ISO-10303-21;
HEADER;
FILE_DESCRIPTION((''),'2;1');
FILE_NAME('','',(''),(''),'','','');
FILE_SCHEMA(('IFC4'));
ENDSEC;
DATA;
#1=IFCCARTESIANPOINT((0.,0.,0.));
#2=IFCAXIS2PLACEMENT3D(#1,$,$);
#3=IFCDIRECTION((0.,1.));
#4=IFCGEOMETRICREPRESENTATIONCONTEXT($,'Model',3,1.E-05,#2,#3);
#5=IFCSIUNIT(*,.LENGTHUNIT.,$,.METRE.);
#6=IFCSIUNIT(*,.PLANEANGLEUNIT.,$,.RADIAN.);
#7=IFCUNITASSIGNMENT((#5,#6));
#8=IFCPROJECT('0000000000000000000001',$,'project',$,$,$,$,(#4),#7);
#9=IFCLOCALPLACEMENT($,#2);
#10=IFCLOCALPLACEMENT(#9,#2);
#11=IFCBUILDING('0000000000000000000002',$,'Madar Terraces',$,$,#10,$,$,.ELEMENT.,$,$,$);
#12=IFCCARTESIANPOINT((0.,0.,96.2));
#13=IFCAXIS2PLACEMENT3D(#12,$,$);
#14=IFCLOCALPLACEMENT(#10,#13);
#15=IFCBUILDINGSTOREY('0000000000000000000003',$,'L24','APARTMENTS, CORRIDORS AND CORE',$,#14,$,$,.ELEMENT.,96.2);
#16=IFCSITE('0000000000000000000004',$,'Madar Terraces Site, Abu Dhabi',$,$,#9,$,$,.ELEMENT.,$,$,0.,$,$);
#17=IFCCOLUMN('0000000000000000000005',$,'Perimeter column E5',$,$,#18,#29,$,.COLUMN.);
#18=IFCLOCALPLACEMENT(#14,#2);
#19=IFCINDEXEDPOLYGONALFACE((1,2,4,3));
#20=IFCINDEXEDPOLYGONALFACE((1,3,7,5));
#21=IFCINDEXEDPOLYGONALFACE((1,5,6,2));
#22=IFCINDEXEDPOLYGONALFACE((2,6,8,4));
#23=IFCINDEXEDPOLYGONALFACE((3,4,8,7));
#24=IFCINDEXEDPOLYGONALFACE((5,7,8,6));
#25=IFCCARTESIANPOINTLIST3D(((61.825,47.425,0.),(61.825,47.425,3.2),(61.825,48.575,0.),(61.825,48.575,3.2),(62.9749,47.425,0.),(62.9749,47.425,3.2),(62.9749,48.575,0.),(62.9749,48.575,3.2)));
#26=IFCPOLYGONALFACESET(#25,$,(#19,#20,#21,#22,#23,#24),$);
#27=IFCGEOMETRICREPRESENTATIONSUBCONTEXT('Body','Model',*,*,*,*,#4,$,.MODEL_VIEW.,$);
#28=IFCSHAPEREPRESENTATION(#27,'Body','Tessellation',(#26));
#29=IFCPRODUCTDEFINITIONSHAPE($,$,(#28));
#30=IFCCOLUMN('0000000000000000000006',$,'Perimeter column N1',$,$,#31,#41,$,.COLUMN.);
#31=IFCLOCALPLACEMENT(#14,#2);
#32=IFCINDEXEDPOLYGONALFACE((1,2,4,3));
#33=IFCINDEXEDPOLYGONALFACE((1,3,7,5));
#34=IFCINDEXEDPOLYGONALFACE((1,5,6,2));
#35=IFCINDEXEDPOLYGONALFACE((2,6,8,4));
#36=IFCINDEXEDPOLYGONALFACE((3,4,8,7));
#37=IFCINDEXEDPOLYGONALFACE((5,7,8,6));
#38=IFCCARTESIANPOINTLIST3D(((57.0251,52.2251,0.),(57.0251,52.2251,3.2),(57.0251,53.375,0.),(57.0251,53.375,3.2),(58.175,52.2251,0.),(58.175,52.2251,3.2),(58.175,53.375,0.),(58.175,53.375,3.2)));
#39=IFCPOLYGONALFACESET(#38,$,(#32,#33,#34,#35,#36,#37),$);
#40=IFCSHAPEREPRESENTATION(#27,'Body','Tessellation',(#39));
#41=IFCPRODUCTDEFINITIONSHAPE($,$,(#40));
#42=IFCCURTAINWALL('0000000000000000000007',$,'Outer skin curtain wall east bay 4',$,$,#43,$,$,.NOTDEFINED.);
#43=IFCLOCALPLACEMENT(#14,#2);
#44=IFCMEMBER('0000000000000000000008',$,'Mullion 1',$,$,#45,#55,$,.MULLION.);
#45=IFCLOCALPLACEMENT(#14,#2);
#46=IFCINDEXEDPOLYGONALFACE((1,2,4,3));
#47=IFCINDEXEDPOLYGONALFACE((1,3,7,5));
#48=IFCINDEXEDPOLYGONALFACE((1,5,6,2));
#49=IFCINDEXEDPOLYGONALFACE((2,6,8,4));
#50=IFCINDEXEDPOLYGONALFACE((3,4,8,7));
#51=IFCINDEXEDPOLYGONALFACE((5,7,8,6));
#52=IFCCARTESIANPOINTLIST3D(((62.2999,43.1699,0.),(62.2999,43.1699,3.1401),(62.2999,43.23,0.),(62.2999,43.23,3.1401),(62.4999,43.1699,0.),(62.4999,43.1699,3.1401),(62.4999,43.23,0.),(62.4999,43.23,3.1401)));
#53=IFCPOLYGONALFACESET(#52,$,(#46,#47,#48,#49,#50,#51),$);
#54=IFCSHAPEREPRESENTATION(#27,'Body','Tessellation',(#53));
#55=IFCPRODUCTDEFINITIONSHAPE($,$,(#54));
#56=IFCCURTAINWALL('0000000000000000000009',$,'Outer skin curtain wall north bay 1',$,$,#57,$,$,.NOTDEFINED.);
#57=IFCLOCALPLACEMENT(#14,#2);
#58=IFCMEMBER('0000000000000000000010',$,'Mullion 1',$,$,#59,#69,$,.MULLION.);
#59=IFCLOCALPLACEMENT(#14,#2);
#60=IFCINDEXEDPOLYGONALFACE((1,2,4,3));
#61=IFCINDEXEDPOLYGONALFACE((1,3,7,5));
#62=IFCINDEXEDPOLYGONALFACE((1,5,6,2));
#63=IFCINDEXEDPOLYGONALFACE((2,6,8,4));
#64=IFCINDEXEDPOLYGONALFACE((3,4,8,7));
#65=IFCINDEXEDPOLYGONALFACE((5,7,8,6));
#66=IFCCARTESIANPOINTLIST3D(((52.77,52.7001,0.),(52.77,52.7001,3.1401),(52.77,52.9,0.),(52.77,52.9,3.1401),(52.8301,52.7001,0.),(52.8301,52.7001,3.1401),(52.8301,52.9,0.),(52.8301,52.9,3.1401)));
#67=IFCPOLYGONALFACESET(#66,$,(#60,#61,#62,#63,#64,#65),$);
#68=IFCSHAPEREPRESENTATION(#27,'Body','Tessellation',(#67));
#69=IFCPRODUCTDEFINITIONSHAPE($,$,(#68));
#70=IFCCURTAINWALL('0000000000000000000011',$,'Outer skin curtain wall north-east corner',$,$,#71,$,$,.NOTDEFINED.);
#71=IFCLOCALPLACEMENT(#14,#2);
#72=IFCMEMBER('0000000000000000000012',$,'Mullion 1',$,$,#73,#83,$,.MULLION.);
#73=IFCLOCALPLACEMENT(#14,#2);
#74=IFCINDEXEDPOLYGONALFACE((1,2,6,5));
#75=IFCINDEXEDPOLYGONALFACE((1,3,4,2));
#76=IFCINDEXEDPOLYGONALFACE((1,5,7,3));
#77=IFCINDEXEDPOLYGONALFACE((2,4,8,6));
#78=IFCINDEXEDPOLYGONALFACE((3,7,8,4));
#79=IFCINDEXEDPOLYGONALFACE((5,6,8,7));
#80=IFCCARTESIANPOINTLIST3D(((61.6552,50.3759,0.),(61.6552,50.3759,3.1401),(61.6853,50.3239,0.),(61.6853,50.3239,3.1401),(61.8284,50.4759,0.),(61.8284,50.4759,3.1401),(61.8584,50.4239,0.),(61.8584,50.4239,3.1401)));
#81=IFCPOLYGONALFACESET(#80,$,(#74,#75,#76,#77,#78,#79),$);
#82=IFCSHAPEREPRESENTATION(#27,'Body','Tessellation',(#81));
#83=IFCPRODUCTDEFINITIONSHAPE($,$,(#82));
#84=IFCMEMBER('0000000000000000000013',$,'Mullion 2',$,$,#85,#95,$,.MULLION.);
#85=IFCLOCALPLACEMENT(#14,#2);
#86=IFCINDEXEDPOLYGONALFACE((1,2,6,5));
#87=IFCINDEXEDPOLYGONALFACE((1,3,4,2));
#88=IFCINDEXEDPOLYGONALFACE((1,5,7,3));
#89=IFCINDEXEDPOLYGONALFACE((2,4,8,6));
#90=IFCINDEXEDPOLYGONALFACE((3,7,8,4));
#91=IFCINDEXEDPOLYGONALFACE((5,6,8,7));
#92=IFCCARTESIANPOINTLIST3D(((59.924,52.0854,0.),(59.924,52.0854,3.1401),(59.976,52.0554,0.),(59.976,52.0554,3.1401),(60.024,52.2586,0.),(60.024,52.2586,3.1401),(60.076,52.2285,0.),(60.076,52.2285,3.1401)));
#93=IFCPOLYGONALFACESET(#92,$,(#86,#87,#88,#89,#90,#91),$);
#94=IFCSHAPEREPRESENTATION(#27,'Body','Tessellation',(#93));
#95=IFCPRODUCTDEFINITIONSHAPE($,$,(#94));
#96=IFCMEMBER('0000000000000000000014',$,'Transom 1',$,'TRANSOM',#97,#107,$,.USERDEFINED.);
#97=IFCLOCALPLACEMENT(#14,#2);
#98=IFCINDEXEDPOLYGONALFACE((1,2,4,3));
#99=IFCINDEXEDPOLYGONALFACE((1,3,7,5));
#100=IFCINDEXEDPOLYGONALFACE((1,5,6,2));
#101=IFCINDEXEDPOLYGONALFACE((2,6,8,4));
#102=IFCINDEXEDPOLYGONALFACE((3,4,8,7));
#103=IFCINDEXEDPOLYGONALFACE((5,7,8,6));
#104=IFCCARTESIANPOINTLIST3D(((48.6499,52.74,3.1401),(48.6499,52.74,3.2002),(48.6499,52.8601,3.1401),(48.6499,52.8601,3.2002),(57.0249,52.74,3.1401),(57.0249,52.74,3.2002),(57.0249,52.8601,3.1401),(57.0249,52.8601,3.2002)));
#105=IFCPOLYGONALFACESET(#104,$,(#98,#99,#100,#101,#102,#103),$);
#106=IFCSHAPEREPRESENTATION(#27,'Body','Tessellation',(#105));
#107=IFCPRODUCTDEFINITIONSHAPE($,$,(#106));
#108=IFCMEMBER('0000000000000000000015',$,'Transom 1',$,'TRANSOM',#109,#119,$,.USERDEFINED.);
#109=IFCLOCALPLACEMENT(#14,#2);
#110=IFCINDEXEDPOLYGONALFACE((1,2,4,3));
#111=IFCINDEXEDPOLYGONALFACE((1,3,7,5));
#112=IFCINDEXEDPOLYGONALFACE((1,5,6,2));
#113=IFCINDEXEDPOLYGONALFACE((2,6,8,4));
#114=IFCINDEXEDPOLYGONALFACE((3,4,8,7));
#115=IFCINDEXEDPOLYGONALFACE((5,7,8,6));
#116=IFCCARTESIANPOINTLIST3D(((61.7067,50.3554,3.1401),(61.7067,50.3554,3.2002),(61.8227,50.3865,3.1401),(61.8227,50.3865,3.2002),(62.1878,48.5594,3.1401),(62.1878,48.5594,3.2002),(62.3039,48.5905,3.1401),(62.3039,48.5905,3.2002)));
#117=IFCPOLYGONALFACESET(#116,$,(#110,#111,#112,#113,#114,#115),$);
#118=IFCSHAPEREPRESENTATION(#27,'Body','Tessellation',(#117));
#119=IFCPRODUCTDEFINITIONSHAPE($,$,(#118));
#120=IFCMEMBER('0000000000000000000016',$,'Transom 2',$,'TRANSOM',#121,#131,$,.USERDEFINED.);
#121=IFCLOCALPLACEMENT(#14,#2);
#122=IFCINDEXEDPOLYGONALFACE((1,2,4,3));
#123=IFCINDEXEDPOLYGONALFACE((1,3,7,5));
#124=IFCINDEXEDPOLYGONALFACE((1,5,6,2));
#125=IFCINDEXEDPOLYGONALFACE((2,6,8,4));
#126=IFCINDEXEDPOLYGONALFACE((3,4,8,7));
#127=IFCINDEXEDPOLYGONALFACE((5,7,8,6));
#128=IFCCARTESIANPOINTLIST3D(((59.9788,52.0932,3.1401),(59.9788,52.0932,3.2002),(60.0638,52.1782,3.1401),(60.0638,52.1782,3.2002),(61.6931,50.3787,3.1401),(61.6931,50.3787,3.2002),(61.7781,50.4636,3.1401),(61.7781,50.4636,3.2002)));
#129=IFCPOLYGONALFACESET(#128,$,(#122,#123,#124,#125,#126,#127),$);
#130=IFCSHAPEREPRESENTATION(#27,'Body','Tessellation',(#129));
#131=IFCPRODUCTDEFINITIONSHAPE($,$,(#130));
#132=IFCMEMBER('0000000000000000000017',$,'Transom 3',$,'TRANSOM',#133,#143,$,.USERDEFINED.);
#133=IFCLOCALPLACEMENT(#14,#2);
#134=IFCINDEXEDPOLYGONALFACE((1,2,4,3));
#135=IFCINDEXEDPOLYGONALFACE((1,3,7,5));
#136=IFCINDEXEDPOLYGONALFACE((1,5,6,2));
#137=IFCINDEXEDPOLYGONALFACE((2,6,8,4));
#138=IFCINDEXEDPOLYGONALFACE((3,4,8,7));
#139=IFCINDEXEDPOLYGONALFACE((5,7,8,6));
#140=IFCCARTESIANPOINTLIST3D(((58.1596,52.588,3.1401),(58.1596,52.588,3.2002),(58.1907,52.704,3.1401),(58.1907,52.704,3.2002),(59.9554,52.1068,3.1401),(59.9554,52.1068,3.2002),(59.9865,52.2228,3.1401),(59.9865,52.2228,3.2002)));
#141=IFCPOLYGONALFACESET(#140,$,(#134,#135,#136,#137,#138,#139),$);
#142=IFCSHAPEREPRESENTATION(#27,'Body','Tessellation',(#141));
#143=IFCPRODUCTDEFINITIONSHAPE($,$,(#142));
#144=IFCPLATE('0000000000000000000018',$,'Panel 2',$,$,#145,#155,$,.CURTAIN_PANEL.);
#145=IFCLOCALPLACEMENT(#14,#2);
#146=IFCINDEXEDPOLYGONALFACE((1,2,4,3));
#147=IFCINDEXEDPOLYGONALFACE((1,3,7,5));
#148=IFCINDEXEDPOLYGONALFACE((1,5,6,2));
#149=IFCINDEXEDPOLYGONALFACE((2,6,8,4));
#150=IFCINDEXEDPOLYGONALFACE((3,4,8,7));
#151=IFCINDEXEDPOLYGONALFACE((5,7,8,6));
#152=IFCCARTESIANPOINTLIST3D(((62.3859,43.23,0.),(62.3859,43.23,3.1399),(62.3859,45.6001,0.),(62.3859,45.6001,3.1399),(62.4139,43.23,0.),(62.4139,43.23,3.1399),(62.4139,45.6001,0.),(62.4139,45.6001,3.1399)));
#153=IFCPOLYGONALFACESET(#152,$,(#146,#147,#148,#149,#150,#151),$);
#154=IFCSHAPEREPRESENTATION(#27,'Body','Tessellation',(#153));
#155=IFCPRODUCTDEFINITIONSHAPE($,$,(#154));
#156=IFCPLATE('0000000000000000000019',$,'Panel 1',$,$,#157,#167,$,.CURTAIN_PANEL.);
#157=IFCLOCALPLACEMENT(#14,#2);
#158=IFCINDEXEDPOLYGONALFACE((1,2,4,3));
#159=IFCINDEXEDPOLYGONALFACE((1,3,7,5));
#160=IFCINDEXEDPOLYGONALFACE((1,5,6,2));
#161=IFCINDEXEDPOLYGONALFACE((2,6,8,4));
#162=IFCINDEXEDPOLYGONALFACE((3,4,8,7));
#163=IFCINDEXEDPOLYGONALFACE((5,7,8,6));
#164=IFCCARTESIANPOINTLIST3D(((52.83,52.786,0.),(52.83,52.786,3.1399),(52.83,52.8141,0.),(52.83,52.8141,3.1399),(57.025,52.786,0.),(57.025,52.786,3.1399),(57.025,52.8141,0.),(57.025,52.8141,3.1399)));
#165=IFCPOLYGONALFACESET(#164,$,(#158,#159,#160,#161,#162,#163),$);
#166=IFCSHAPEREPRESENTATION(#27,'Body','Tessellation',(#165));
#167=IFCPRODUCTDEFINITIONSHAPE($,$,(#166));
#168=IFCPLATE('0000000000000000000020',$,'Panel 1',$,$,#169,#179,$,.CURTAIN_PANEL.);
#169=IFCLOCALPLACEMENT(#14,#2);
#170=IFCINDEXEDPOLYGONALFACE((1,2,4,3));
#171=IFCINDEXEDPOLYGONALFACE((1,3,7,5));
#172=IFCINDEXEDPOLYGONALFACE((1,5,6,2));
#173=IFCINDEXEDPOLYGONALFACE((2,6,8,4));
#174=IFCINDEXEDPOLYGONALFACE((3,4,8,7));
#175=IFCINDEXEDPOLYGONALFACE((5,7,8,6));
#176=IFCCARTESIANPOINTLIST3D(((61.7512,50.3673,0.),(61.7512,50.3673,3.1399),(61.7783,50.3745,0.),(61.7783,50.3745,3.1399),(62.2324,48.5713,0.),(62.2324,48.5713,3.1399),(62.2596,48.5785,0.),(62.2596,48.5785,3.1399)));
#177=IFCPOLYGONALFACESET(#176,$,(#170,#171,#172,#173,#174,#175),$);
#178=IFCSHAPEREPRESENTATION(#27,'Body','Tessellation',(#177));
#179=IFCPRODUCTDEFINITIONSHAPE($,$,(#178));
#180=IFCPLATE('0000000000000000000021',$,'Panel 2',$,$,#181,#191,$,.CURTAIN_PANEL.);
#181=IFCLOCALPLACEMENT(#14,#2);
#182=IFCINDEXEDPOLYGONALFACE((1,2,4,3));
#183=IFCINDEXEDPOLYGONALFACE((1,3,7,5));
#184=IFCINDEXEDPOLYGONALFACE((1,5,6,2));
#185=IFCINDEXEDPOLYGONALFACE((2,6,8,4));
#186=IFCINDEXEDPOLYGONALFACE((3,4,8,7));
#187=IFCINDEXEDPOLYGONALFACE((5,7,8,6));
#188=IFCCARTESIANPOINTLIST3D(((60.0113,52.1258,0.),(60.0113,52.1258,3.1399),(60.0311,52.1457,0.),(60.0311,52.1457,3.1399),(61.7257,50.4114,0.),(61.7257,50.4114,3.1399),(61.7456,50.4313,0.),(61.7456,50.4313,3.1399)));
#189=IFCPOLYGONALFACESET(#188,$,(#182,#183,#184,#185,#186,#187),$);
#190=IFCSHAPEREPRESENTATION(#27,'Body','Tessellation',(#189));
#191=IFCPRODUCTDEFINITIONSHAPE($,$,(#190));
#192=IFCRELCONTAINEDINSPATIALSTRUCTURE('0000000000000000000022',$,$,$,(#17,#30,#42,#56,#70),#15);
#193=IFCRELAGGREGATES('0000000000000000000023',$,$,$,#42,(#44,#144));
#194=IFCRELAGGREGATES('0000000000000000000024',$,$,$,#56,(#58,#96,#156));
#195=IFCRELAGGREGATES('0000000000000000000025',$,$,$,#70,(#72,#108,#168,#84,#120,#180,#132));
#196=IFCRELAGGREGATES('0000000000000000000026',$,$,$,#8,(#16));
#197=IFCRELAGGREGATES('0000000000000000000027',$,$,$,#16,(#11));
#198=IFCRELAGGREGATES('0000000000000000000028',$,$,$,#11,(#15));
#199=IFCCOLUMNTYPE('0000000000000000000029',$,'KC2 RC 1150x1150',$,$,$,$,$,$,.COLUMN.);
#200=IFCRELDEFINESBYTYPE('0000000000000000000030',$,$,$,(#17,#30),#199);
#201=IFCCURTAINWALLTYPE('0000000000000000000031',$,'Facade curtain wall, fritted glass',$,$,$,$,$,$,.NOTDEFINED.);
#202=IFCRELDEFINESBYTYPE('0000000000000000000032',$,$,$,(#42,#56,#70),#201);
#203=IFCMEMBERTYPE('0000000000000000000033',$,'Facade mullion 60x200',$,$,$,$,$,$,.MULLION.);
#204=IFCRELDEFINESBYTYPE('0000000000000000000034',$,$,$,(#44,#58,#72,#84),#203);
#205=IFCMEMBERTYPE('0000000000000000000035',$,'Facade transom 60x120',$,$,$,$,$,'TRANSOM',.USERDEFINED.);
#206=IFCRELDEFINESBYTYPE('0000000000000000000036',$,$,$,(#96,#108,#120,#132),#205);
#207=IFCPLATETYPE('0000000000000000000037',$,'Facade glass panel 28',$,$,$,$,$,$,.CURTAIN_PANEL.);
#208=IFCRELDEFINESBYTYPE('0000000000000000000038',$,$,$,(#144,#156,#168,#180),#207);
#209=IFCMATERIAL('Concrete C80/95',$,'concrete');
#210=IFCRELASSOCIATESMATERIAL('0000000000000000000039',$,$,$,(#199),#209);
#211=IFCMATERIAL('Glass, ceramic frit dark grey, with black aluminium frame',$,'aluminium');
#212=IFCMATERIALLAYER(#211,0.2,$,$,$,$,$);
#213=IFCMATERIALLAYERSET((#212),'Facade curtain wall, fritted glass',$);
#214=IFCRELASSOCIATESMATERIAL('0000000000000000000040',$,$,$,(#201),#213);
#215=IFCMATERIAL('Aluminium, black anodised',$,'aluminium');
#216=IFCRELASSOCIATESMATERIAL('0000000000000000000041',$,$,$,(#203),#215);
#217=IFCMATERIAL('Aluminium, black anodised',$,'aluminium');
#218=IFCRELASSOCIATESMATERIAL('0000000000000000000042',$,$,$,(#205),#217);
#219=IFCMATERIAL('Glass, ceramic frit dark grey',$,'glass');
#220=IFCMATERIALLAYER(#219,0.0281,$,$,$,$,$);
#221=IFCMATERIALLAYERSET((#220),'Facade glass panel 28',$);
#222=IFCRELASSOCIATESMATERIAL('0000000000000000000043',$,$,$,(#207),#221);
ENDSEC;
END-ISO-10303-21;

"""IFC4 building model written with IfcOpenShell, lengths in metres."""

from ifc_helpers import new_model, si_unit, direction, frame, origin, origin_2d, place, context, subcontext, project, spatial, rectangle, extrude, material, layer, layer_set, material_profile, profile_set, type_object, element, aggregate, save


model = new_model("IFC4")

# Units and contexts
model_context = context("Model", 3, precision=1e-05, world=origin(), true_north=direction((0.0, 1.0)))
body_context = subcontext(model_context, "Body", "Model", "MODEL_VIEW")
ifc_project = project(units=[si_unit("LENGTHUNIT", "METRE"), si_unit("PLANEANGLEUNIT", "RADIAN")], contexts=[model_context])

# Site, building, storey
site_placement = place(None, origin())
site = spatial("IfcSite", under=ifc_project, at=site_placement, Name="Madar Terraces Site, Abu Dhabi", CompositionType="ELEMENT", RefElevation=0.0)
building_placement = place(site_placement, origin())
building = spatial("IfcBuilding", under=site, at=building_placement, Name="Madar Terraces", CompositionType="ELEMENT")
storey_placement = place(building_placement, frame((0.0, 0.0, 96.2)))
storey = spatial("IfcBuildingStorey", under=building, at=storey_placement, Name="L24", Description="APARTMENTS, CORRIDORS AND CORE", CompositionType="ELEMENT", Elevation=96.2)

# Columns
ifc_material_1 = material(Name="Concrete C80/95", Category="concrete")
ifc_material_profile_1 = material_profile(ifc_material_1, rectangle(XDim=1.1499, YDim=1.1499, at=origin_2d()), Name="KC2 RC 1150x1150")
ifc_profile_set_1 = profile_set([ifc_material_profile_1], Name="Concrete C80/95")
column_type = type_object("IfcColumnType", Name="KC2 RC 1150x1150", PredefinedType="COLUMN", material=ifc_profile_set_1)
for number, where, z_axis, x_axis, name in (
    (1, (62.3999, 48.0, 0.0), (0.0, 0.0, 1.0), (1.0, 0.0, 0.0), "Perimeter column E5"),
    (2, (57.6001, 52.8, 0.0), (0.0, 0.0, 1.0), (1.0, 0.0, 0.0), "Perimeter column N1"),
):
    element("IfcColumn", number, at=place(storey_placement, frame(where, z_axis=z_axis, x_axis=x_axis)), inside=storey, type_object=column_type, Name=name, PredefinedType="COLUMN", context=body_context, shape_type="SweptSolid", body=[
        extrude(rectangle(XDim=1.1499, YDim=1.1499, at=origin_2d()), origin(), (0.0, 0.0, 1.0), 3.2),
    ])

# Curtain walls, members
ifc_material_2 = material(Name="Glass, ceramic frit dark grey, with black aluminium frame", Category="aluminium")
ifc_layer_1 = layer(ifc_material_2, 0.2)
ifc_layer_set_1 = layer_set([ifc_layer_1], Name="Facade curtain wall, fritted glass")
curtain_wall_type = type_object("IfcCurtainWallType", Name="Facade curtain wall, fritted glass", PredefinedType="NOTDEFINED", material=ifc_layer_set_1)
curtain_wall_1_placement = place(storey_placement, origin())
curtain_wall_1 = element("IfcCurtainWall", 3, at=curtain_wall_1_placement, inside=storey, type_object=curtain_wall_type, Name="Outer skin curtain wall east bay 4", PredefinedType="NOTDEFINED")
ifc_material_3 = material(Name="Aluminium, black anodised", Category="aluminium")
ifc_material_profile_2 = material_profile(ifc_material_3, rectangle(XDim=0.2, YDim=0.0601, at=origin_2d()), Name="Facade mullion 60x200")
ifc_profile_set_2 = profile_set([ifc_material_profile_2], Name="Aluminium, black anodised")
member_type_1 = type_object("IfcMemberType", Name="Facade mullion 60x200", PredefinedType="MULLION", material=ifc_profile_set_2)
member_1_placement = place(storey_placement, frame((62.3999, 43.2, 0.0), z_axis=(0.0, 0.0, 1.0), x_axis=(-1.0, 0.0, 0.0)))
member_1 = element("IfcMember", 4, at=member_1_placement, type_object=member_type_1, Name="Mullion 1", PredefinedType="MULLION", context=body_context, shape_type="SweptSolid", body=[
    extrude(rectangle(XDim=0.2, YDim=0.0601, at=origin_2d()), origin(), (0.0, 0.0, 1.0), 3.1401),
])
curtain_wall_2_placement = place(storey_placement, origin())
curtain_wall_2 = element("IfcCurtainWall", 5, at=curtain_wall_2_placement, inside=storey, type_object=curtain_wall_type, Name="Outer skin curtain wall north bay 1", PredefinedType="NOTDEFINED")
member_2_placement = place(storey_placement, frame((52.8, 52.8, 0.0), z_axis=(0.0, 0.0, 1.0), x_axis=(0.0, -1.0, 0.0)))
member_2 = element("IfcMember", 6, at=member_2_placement, type_object=member_type_1, Name="Mullion 1", PredefinedType="MULLION", context=body_context, shape_type="SweptSolid", body=[
    extrude(rectangle(XDim=0.2, YDim=0.0601, at=origin_2d()), origin(), (0.0, 0.0, 1.0), 3.1401),
])

# Curtain wall, members
curtain_wall_3_placement = place(storey_placement, origin())
curtain_wall_3 = element("IfcCurtainWall", 7, at=curtain_wall_3_placement, inside=storey, type_object=curtain_wall_type, Name="Outer skin curtain wall north-east corner", PredefinedType="NOTDEFINED")
member_3_placement = place(storey_placement, frame((61.7568, 50.3999, 0.0), z_axis=(0.0, 0.0, 1.0), x_axis=(-0.866025, -0.5, 0.0)))
member_3 = element("IfcMember", 8, at=member_3_placement, type_object=member_type_1, Name="Mullion 1", PredefinedType="MULLION", context=body_context, shape_type="SweptSolid", body=[
    extrude(rectangle(XDim=0.2, YDim=0.0601, at=origin_2d()), origin(), (0.0, 0.0, 1.0), 3.1401),
])
member_4_placement = place(storey_placement, frame((60.0, 52.157, 0.0), z_axis=(0.0, 0.0, 1.0), x_axis=(-0.5, -0.866025, 0.0)))
member_4 = element("IfcMember", 9, at=member_4_placement, type_object=member_type_1, Name="Mullion 2", PredefinedType="MULLION", context=body_context, shape_type="SweptSolid", body=[
    extrude(rectangle(XDim=0.2, YDim=0.0601, at=origin_2d()), origin(), (0.0, 0.0, 1.0), 3.1401),
])

# Members
ifc_material_4 = material(Name="Aluminium, black anodised", Category="aluminium")
ifc_material_profile_3 = material_profile(ifc_material_4, rectangle(XDim=0.1201, YDim=0.0601, at=origin_2d()), Name="Facade transom 60x120")
ifc_profile_set_3 = profile_set([ifc_material_profile_3], Name="Aluminium, black anodised")
member_type_2 = type_object("IfcMemberType", Name="Facade transom 60x120", ElementType="TRANSOM", PredefinedType="USERDEFINED", material=ifc_profile_set_3)
member_5_placement = place(storey_placement, frame((57.0249, 52.8, 3.1702), z_axis=(-1.0, 0.0, 0.0), x_axis=(0.0, -1.0, 0.0)))
member_5 = element("IfcMember", 10, at=member_5_placement, type_object=member_type_2, Name="Transom 1", ObjectType="TRANSOM", PredefinedType="USERDEFINED", context=body_context, shape_type="SweptSolid", body=[
    extrude(rectangle(XDim=0.1201, YDim=0.0601, at=origin_2d()), origin(), (0.0, 0.0, 1.0), 8.375),
])
member_6_placement = place(storey_placement, frame((62.2458, 48.575, 3.1702), z_axis=(-0.258782, 0.965936, 0.0), x_axis=(-0.965936, -0.258782, 0.0)))
member_6 = element("IfcMember", 11, at=member_6_placement, type_object=member_type_2, Name="Transom 1", ObjectType="TRANSOM", PredefinedType="USERDEFINED", context=body_context, shape_type="SweptSolid", body=[
    extrude(rectangle(XDim=0.1201, YDim=0.0601, at=origin_2d()), origin(), (0.0, 0.0, 1.0), 1.8594),
])
member_7_placement = place(storey_placement, frame((61.7356, 50.4211, 3.1702), z_axis=(-0.707056, 0.707157, 0.0), x_axis=(-0.707157, -0.707056, 0.0)))
member_7 = element("IfcMember", 12, at=member_7_placement, type_object=member_type_2, Name="Transom 2", ObjectType="TRANSOM", PredefinedType="USERDEFINED", context=body_context, shape_type="SweptSolid", body=[
    extrude(rectangle(XDim=0.1201, YDim=0.0601, at=origin_2d()), origin(), (0.0, 0.0, 1.0), 2.4246),
])
member_8_placement = place(storey_placement, frame((59.9709, 52.1648, 3.1702), z_axis=(-0.965927, 0.258815, 0.0), x_axis=(-0.258815, -0.965927, 0.0)))
member_8 = element("IfcMember", 13, at=member_8_placement, type_object=member_type_2, Name="Transom 3", ObjectType="TRANSOM", PredefinedType="USERDEFINED", context=body_context, shape_type="SweptSolid", body=[
    extrude(rectangle(XDim=0.1201, YDim=0.0601, at=origin_2d()), origin(), (0.0, 0.0, 1.0), 1.8591),
])

# Plates
ifc_material_5 = material(Name="Glass, ceramic frit dark grey", Category="glass")
ifc_layer_2 = layer(ifc_material_5, 0.0281)
ifc_layer_set_2 = layer_set([ifc_layer_2], Name="Facade glass panel 28")
plate_type = type_object("IfcPlateType", Name="Facade glass panel 28", PredefinedType="CURTAIN_PANEL", material=ifc_layer_set_2)
plate_1_placement = place(storey_placement, frame((62.3999, 44.415, 0.0), z_axis=(0.0, 0.0, 1.0), x_axis=(0.0, 1.0, 0.0)))
plate_1 = element("IfcPlate", 14, at=plate_1_placement, type_object=plate_type, Name="Panel 2", PredefinedType="CURTAIN_PANEL", context=body_context, shape_type="SweptSolid", body=[
    extrude(rectangle(XDim=2.3701, YDim=0.0281, at=origin_2d()), origin(), (0.0, 0.0, 1.0), 3.1399),
])
aggregate(curtain_wall_1, [member_1, plate_1])
plate_2_placement = place(storey_placement, frame((54.9275, 52.8, 0.0), z_axis=(0.0, 0.0, 1.0), x_axis=(-1.0, 0.0, 0.0)))
plate_2 = element("IfcPlate", 15, at=plate_2_placement, type_object=plate_type, Name="Panel 1", PredefinedType="CURTAIN_PANEL", context=body_context, shape_type="SweptSolid", body=[
    extrude(rectangle(XDim=4.1951, YDim=0.0281, at=origin_2d()), origin(), (0.0, 0.0, 1.0), 3.1399),
])
aggregate(curtain_wall_2, [member_2, member_5, plate_2])
plate_3_placement = place(storey_placement, frame((62.0054, 49.4729, 0.0), z_axis=(0.0, 0.0, 1.0), x_axis=(-0.258819, 0.965926, 0.0)))
plate_3 = element("IfcPlate", 16, at=plate_3_placement, type_object=plate_type, Name="Panel 1", PredefinedType="CURTAIN_PANEL", context=body_context, shape_type="SweptSolid", body=[
    extrude(rectangle(XDim=1.8594, YDim=0.0281, at=origin_2d()), origin(), (0.0, 0.0, 1.0), 3.1399),
])
plate_4_placement = place(storey_placement, frame((60.8784, 51.2786, 0.0), z_axis=(0.0, 0.0, 1.0), x_axis=(-0.707107, 0.707107, 0.0)))
plate_4 = element("IfcPlate", 17, at=plate_4_placement, type_object=plate_type, Name="Panel 2", PredefinedType="CURTAIN_PANEL", context=body_context, shape_type="SweptSolid", body=[
    extrude(rectangle(XDim=2.4246, YDim=0.0281, at=origin_2d()), origin(), (0.0, 0.0, 1.0), 3.1399),
])
aggregate(curtain_wall_3, [member_3, member_6, plate_3, member_4, member_7, plate_4, member_8])

save(model, "model.ifc")
